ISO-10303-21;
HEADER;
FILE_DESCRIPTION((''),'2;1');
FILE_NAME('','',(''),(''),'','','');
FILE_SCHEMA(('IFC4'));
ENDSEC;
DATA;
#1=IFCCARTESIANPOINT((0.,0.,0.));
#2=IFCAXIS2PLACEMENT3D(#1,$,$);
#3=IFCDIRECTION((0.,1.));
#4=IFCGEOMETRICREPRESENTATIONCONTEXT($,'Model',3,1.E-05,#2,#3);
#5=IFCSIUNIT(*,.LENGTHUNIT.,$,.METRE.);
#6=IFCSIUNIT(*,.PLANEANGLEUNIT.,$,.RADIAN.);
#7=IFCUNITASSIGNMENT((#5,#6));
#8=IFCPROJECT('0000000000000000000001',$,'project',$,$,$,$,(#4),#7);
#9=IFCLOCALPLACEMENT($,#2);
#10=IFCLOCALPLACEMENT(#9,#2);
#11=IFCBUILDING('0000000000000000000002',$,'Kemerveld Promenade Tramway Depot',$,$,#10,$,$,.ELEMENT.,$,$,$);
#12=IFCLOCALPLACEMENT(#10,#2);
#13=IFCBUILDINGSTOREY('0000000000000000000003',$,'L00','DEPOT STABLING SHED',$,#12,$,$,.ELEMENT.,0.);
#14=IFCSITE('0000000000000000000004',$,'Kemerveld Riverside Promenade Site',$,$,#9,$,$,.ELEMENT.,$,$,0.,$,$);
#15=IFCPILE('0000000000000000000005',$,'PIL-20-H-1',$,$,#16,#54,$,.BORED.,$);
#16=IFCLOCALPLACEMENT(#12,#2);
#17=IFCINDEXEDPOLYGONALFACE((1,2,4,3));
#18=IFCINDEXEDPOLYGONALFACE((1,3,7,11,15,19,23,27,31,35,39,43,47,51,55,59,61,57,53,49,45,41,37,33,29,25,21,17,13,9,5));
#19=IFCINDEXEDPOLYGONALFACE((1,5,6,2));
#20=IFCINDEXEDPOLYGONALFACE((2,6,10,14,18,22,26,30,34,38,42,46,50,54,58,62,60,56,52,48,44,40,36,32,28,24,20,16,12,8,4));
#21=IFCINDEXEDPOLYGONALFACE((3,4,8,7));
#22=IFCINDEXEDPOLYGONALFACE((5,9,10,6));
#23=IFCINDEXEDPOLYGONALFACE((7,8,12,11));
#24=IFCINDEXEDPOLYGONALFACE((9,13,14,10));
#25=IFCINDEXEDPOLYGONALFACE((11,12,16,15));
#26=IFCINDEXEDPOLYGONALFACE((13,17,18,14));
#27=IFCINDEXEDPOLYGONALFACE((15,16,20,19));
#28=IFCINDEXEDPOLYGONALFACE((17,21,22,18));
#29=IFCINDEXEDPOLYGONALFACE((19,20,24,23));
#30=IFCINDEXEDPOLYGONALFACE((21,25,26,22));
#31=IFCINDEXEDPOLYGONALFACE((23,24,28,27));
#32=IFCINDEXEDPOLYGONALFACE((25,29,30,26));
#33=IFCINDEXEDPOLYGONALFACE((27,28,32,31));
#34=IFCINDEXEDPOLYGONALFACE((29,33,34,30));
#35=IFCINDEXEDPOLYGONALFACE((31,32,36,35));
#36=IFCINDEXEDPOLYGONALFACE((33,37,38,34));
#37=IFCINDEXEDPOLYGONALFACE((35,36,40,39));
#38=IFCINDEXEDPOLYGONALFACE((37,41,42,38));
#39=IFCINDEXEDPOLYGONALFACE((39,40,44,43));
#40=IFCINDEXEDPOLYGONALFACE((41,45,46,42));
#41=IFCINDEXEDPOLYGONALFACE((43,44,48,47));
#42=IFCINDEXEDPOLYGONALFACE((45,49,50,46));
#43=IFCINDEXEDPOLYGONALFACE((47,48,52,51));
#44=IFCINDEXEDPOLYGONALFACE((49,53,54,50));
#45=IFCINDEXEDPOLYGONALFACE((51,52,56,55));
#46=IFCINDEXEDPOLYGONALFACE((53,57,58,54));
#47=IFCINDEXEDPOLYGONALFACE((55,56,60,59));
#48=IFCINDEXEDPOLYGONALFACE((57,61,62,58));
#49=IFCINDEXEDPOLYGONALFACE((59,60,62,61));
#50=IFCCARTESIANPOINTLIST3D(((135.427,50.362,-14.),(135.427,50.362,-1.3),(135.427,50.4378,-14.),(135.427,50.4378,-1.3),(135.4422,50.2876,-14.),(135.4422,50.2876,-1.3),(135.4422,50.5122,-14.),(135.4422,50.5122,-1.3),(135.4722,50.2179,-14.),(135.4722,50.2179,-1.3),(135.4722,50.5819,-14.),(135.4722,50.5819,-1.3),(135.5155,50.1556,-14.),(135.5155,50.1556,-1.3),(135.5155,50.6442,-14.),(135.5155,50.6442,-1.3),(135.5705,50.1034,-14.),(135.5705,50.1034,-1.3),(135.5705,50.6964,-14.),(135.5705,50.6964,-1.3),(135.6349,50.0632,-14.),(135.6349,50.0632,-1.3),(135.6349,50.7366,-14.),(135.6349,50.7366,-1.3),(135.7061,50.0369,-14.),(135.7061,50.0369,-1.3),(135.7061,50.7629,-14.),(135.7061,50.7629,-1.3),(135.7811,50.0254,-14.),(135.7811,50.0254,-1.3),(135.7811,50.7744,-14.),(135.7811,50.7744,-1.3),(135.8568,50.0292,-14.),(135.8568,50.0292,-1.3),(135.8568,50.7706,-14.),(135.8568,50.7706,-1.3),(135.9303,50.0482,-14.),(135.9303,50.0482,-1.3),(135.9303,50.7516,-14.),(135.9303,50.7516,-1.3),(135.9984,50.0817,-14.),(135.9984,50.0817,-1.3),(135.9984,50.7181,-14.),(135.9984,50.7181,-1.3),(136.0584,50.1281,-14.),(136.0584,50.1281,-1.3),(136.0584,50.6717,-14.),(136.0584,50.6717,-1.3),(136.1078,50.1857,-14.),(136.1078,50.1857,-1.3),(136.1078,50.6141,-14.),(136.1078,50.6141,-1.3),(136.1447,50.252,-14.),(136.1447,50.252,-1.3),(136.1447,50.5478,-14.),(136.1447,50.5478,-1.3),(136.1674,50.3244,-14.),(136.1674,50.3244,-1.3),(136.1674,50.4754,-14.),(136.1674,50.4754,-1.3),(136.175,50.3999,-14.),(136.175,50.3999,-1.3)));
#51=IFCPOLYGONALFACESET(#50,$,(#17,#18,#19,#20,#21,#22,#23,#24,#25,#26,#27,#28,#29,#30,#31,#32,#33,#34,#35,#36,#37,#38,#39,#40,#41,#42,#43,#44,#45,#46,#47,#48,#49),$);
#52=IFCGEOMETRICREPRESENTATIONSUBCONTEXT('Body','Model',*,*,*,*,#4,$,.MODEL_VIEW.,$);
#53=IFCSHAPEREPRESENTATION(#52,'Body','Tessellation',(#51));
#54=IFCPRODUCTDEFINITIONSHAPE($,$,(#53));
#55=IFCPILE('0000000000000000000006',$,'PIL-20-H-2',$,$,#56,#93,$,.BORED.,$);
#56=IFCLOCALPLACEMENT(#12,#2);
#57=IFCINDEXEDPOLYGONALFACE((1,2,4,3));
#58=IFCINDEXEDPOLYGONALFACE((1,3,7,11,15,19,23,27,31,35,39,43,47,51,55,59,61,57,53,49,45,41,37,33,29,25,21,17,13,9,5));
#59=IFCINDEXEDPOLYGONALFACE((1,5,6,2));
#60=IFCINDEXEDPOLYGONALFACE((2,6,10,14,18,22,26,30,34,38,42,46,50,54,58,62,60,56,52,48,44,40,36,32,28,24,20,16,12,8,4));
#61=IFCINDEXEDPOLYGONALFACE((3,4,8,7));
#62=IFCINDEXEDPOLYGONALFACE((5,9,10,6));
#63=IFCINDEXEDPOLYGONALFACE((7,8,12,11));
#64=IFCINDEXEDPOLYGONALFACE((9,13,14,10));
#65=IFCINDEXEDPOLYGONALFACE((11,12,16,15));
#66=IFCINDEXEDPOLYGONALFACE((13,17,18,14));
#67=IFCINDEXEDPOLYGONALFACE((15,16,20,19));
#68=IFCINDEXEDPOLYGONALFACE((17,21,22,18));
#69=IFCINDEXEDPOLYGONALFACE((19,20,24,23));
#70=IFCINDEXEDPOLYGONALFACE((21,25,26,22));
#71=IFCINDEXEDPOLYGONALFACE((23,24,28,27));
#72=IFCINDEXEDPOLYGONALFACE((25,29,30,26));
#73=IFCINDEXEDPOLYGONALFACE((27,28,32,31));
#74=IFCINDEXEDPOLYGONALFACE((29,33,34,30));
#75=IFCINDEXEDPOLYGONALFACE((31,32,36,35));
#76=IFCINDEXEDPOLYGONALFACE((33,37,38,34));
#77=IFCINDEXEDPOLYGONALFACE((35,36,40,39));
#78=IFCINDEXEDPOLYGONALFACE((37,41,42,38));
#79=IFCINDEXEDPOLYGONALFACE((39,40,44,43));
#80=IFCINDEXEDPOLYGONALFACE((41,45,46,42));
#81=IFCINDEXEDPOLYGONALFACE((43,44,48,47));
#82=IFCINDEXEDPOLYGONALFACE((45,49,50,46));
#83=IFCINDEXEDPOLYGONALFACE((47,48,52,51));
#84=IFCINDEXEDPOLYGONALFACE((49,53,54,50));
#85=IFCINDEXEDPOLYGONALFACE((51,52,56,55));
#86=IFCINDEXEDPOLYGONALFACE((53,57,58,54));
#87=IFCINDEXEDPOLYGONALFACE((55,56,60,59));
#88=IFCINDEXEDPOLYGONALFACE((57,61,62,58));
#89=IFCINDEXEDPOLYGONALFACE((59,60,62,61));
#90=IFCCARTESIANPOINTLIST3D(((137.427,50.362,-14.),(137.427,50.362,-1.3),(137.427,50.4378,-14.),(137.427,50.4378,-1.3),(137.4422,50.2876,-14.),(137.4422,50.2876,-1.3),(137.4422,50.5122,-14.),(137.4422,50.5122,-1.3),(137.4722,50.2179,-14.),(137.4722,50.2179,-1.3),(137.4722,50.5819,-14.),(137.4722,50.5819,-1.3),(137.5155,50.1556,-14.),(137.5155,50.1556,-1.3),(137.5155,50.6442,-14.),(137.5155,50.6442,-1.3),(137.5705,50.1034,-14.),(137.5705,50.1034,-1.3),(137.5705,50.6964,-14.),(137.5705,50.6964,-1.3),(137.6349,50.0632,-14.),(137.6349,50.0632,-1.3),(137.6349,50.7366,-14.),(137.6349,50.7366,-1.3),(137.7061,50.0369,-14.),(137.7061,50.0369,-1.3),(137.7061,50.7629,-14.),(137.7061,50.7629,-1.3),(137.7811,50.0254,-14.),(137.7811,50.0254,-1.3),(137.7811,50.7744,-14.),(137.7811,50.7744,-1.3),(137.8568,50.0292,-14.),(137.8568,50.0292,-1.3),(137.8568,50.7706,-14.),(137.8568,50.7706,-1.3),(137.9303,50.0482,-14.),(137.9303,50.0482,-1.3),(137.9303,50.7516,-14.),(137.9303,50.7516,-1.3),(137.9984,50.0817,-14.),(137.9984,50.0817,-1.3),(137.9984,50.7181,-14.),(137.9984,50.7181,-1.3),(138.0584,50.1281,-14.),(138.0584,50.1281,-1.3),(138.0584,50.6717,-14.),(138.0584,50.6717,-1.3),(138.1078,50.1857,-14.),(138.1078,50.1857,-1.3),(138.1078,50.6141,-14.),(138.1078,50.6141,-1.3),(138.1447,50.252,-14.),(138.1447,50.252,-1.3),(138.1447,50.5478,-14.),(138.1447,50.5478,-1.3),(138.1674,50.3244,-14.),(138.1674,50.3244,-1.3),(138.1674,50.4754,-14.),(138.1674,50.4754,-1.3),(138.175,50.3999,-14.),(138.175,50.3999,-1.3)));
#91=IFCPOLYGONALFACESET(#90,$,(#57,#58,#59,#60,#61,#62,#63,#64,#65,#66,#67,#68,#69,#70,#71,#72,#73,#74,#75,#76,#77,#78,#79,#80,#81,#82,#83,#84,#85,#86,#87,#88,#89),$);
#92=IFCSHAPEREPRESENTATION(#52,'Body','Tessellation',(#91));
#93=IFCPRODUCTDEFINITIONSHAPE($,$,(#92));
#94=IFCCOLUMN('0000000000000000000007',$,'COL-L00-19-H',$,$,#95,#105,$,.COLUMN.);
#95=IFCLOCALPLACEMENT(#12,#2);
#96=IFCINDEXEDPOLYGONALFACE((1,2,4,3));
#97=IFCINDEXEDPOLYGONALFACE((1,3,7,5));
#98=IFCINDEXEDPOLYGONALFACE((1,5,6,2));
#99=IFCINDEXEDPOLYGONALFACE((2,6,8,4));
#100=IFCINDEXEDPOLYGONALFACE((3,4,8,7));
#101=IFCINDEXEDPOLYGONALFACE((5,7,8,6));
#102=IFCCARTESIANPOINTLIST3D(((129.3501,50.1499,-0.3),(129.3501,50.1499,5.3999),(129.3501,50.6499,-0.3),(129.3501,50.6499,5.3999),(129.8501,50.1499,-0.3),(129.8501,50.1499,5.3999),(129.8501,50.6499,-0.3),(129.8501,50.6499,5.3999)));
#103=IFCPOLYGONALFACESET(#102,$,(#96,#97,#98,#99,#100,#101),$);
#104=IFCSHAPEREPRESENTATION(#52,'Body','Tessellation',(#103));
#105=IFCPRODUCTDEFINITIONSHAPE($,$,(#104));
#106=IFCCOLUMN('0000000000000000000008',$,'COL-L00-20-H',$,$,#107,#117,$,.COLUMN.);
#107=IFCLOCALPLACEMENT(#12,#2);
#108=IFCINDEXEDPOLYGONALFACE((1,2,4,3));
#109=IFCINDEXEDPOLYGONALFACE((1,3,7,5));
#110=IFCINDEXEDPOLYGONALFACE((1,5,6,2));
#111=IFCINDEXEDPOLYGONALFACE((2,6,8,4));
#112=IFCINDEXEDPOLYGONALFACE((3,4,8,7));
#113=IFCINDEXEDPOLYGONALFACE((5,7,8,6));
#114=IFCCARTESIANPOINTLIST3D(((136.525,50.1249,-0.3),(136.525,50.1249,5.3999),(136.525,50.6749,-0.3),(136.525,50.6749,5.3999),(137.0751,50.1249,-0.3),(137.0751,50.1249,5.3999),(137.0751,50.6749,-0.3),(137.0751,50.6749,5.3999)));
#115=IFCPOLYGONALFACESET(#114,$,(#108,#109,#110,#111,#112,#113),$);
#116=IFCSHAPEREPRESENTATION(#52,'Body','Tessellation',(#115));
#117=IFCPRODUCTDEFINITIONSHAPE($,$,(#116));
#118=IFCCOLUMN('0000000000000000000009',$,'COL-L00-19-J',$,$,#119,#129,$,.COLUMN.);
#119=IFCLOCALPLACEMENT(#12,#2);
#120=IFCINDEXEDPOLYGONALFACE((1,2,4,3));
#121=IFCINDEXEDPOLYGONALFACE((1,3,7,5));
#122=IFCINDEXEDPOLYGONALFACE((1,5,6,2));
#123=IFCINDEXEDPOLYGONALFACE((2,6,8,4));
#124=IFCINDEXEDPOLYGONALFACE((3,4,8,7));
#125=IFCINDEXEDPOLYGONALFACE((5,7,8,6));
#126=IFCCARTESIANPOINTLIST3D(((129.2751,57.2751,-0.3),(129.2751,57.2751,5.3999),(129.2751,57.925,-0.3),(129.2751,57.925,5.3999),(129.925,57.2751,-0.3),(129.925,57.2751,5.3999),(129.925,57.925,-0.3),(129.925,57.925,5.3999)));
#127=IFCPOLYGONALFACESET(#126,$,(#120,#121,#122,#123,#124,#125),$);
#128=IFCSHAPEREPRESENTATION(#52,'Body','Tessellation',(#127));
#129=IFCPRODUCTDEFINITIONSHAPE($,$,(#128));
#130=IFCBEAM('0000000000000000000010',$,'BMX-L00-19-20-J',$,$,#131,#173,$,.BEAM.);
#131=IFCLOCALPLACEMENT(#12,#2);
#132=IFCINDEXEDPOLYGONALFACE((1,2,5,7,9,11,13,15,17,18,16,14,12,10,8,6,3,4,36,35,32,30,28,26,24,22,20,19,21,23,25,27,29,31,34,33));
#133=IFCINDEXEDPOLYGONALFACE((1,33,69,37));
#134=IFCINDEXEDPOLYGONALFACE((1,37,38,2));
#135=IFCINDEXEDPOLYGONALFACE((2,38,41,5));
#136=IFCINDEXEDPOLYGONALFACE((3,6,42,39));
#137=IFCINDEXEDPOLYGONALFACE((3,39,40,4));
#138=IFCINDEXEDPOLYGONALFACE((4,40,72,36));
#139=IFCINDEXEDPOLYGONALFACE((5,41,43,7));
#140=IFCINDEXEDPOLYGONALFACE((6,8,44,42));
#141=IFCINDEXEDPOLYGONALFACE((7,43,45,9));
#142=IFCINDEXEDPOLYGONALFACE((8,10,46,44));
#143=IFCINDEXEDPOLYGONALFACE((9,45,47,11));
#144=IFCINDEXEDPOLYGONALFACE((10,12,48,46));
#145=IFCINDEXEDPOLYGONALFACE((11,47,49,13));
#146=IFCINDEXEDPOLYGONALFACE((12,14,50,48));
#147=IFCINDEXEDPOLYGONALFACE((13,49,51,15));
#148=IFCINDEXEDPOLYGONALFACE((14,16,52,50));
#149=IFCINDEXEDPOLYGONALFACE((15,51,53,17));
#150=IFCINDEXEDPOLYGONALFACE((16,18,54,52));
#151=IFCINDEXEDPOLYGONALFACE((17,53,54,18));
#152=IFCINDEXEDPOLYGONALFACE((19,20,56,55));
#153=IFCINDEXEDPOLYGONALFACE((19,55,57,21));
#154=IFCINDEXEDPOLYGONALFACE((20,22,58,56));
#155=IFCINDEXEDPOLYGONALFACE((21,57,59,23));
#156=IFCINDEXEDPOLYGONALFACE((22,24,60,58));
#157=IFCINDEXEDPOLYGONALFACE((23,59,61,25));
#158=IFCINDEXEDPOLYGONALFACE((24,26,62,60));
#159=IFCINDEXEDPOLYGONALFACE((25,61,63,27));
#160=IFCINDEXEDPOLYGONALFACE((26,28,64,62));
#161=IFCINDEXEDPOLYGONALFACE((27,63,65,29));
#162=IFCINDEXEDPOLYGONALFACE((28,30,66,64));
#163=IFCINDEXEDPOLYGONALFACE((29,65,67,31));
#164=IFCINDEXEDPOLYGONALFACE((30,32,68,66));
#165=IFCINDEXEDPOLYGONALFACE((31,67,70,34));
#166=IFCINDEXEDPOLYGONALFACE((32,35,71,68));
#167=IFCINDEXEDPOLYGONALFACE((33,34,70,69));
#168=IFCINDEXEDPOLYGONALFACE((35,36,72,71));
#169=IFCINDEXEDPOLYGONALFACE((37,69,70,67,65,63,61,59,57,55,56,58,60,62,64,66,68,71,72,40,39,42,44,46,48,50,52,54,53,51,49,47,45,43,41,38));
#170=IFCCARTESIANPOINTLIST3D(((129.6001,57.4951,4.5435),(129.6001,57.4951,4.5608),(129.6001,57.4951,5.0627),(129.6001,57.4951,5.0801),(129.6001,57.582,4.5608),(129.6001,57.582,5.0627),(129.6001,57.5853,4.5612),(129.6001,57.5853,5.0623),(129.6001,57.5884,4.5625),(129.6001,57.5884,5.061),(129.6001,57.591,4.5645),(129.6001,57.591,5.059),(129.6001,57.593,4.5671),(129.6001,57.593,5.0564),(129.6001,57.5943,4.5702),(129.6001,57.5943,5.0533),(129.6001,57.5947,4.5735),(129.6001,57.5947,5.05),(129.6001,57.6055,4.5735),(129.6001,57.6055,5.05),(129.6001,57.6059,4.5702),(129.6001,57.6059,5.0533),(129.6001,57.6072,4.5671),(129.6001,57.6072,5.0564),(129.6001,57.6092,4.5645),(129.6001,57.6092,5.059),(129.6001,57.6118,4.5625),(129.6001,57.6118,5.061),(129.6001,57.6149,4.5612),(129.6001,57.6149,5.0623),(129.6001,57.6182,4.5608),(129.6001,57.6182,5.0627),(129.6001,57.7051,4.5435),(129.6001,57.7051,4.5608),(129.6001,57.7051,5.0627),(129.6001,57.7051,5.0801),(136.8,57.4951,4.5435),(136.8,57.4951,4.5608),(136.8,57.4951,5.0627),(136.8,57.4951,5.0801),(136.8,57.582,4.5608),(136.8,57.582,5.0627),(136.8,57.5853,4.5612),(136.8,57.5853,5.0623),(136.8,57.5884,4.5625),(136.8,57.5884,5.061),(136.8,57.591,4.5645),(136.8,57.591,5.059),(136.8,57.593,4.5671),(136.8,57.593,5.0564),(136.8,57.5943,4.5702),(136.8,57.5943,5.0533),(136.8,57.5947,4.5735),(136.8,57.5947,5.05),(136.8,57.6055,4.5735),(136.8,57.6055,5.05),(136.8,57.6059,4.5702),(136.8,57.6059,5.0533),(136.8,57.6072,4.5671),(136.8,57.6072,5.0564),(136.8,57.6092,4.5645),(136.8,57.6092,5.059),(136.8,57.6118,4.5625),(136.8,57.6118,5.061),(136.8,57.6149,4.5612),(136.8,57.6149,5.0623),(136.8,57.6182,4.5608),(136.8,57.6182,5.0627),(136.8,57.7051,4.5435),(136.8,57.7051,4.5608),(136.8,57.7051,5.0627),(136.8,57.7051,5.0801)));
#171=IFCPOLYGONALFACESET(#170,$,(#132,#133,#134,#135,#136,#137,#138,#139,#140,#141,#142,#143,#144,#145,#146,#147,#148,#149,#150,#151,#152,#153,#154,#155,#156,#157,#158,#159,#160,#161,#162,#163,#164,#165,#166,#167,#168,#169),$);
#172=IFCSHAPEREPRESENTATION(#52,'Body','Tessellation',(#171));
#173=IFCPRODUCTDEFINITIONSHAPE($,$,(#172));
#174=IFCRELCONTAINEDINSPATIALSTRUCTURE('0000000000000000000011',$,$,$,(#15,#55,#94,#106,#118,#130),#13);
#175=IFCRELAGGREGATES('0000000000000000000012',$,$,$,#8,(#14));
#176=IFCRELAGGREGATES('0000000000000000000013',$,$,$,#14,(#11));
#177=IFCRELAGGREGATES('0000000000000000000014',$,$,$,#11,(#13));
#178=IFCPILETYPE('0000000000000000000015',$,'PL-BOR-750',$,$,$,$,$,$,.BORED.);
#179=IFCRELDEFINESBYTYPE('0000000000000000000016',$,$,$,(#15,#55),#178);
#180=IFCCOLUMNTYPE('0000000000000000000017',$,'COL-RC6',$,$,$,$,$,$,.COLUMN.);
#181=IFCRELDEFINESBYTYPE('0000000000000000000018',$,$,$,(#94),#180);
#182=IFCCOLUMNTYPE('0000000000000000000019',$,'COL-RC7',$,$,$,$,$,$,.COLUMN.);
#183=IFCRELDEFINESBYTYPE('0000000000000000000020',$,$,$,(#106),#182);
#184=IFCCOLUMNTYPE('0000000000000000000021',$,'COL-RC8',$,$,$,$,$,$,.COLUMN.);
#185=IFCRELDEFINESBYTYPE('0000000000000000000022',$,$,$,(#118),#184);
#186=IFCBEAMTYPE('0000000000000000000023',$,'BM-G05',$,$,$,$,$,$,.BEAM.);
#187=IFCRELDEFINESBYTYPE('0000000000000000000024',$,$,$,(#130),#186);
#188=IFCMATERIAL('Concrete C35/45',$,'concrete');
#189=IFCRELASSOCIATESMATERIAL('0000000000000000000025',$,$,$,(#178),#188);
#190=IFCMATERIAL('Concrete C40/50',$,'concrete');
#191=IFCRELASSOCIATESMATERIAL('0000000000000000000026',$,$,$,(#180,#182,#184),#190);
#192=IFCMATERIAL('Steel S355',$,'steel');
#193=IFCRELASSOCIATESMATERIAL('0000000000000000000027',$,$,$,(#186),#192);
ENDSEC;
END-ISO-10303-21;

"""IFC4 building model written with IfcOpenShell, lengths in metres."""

from ifc_helpers import new_model, si_unit, direction, frame, origin, origin_2d, place, context, subcontext, project, spatial, rectangle, circle, i_section, extrude, material, material_profile, profile_set, type_object, element, save


model = new_model("IFC4")

# Units and contexts
model_context = context("Model", 3, precision=1e-05, world=origin(), true_north=direction((0.0, 1.0)))
body_context = subcontext(model_context, "Body", "Model", "MODEL_VIEW")
ifc_project = project(units=[si_unit("LENGTHUNIT", "METRE"), si_unit("PLANEANGLEUNIT", "RADIAN")], contexts=[model_context])

# Site, building, storey
site_placement = place(None, origin())
site = spatial("IfcSite", under=ifc_project, at=site_placement, Name="Kemerveld Riverside Promenade Site", CompositionType="ELEMENT", RefElevation=0.0)
building_placement = place(site_placement, origin())
building = spatial("IfcBuilding", under=site, at=building_placement, Name="Kemerveld Promenade Tramway Depot", CompositionType="ELEMENT")
storey_placement = place(building_placement, origin())
storey = spatial("IfcBuildingStorey", under=building, at=storey_placement, Name="L00", Description="DEPOT STABLING SHED", CompositionType="ELEMENT", Elevation=0.0)

# Shared definitions
ifc_material_1 = material(Name="Concrete C35/45", Category="concrete")

# Piles
ifc_material_profile_1 = material_profile(ifc_material_1, circle(Radius=0.375, at=origin_2d()), Name="PILE-D750")
ifc_profile_set_1 = profile_set([ifc_material_profile_1], Name="Concrete C35/45")
pile_type_1 = type_object("IfcPileType", Name="PL-BOR-750", PredefinedType="BORED", material=ifc_profile_set_1)
for number, where, z_axis, x_axis, name in (
    (1, (135.8, 50.3999, -1.3), (0.0, 0.0, -1.0), (1.0, 0.0, 0.0), "PIL-20-H-1"),
    (2, (137.8, 50.3999, -1.3), (0.0, 0.0, -1.0), (1.0, 0.0, 0.0), "PIL-20-H-2"),
):
    element("IfcPile", number, at=place(storey_placement, frame(where, z_axis=z_axis, x_axis=x_axis)), inside=storey, type_object=pile_type_1, Name=name, PredefinedType="BORED", context=body_context, shape_type="SweptSolid", body=[
        extrude(circle(Radius=0.375, at=origin_2d()), origin(), (0.0, 0.0, 1.0), 12.7),
    ])

# Columns
ifc_material_2 = material(Name="Concrete C40/50", Category="concrete")
ifc_material_profile_2 = material_profile(ifc_material_2, rectangle(XDim=0.5, YDim=0.5, at=origin_2d()), Name="RC-COL-500x500")
ifc_profile_set_2 = profile_set([ifc_material_profile_2], Name="Concrete C40/50")
column_type_1 = type_object("IfcColumnType", Name="COL-RC6", PredefinedType="COLUMN", material=ifc_profile_set_2)
column_1_placement = place(storey_placement, frame((129.6001, 50.3999, -0.3), z_axis=(0.0, 0.0, 1.0), x_axis=(1.0, 0.0, 0.0)))
element("IfcColumn", 3, at=column_1_placement, inside=storey, type_object=column_type_1, Name="COL-L00-19-H", PredefinedType="COLUMN", context=body_context, shape_type="SweptSolid", body=[
    extrude(rectangle(XDim=0.5, YDim=0.5, at=origin_2d()), origin(), (0.0, 0.0, 1.0), 5.7),
])
ifc_material_profile_3 = material_profile(ifc_material_2, rectangle(XDim=0.55, YDim=0.55, at=origin_2d()), Name="RC-COL-550x550")
ifc_profile_set_3 = profile_set([ifc_material_profile_3], Name="Concrete C40/50")
column_type_2 = type_object("IfcColumnType", Name="COL-RC7", PredefinedType="COLUMN", material=ifc_profile_set_3)
column_2_placement = place(storey_placement, frame((136.8, 50.3999, -0.3), z_axis=(0.0, 0.0, 1.0), x_axis=(1.0, 0.0, 0.0)))
element("IfcColumn", 4, at=column_2_placement, inside=storey, type_object=column_type_2, Name="COL-L00-20-H", PredefinedType="COLUMN", context=body_context, shape_type="SweptSolid", body=[
    extrude(rectangle(XDim=0.55, YDim=0.55, at=origin_2d()), origin(), (0.0, 0.0, 1.0), 5.7),
])
ifc_material_profile_4 = material_profile(ifc_material_2, rectangle(XDim=0.6499, YDim=0.6499, at=origin_2d()), Name="RC-COL-650x650")
ifc_profile_set_4 = profile_set([ifc_material_profile_4], Name="Concrete C40/50")
column_type_3 = type_object("IfcColumnType", Name="COL-RC8", PredefinedType="COLUMN", material=ifc_profile_set_4)
column_3_placement = place(storey_placement, frame((129.6001, 57.6001, -0.3), z_axis=(0.0, 0.0, 1.0), x_axis=(1.0, 0.0, 0.0)))
element("IfcColumn", 5, at=column_3_placement, inside=storey, type_object=column_type_3, Name="COL-L00-19-J", PredefinedType="COLUMN", context=body_context, shape_type="SweptSolid", body=[
    extrude(rectangle(XDim=0.6499, YDim=0.6499, at=origin_2d()), origin(), (0.0, 0.0, 1.0), 5.7),
])

# Beam
ifc_material_3 = material(Name="Steel S355", Category="steel")
ifc_material_profile_5 = material_profile(ifc_material_3, i_section(OverallWidth=0.21, OverallDepth=0.5366, WebThickness=0.0107, FlangeThickness=0.0173, FilletRadius=0.0127, at=origin_2d()), Name="533x210x101 UB")
ifc_profile_set_5 = profile_set([ifc_material_profile_5], Name="Steel S355")
beam_type_1 = type_object("IfcBeamType", Name="BM-G05", PredefinedType="BEAM", material=ifc_profile_set_5)
beam_1_placement = place(storey_placement, frame((129.6001, 57.6001, 4.8118), z_axis=(1.0, 0.0, 0.0), x_axis=(0.0, 1.0, 0.0)))
element("IfcBeam", 6, at=beam_1_placement, inside=storey, type_object=beam_type_1, Name="BMX-L00-19-20-J", PredefinedType="BEAM", context=body_context, shape_type="SweptSolid", body=[
    extrude(i_section(OverallWidth=0.21, OverallDepth=0.5366, WebThickness=0.0107, FlangeThickness=0.0173, FilletRadius=0.0127, at=origin_2d()), origin(), (0.0, 0.0, 1.0), 7.2),
])

save(model, "model.ifc")
